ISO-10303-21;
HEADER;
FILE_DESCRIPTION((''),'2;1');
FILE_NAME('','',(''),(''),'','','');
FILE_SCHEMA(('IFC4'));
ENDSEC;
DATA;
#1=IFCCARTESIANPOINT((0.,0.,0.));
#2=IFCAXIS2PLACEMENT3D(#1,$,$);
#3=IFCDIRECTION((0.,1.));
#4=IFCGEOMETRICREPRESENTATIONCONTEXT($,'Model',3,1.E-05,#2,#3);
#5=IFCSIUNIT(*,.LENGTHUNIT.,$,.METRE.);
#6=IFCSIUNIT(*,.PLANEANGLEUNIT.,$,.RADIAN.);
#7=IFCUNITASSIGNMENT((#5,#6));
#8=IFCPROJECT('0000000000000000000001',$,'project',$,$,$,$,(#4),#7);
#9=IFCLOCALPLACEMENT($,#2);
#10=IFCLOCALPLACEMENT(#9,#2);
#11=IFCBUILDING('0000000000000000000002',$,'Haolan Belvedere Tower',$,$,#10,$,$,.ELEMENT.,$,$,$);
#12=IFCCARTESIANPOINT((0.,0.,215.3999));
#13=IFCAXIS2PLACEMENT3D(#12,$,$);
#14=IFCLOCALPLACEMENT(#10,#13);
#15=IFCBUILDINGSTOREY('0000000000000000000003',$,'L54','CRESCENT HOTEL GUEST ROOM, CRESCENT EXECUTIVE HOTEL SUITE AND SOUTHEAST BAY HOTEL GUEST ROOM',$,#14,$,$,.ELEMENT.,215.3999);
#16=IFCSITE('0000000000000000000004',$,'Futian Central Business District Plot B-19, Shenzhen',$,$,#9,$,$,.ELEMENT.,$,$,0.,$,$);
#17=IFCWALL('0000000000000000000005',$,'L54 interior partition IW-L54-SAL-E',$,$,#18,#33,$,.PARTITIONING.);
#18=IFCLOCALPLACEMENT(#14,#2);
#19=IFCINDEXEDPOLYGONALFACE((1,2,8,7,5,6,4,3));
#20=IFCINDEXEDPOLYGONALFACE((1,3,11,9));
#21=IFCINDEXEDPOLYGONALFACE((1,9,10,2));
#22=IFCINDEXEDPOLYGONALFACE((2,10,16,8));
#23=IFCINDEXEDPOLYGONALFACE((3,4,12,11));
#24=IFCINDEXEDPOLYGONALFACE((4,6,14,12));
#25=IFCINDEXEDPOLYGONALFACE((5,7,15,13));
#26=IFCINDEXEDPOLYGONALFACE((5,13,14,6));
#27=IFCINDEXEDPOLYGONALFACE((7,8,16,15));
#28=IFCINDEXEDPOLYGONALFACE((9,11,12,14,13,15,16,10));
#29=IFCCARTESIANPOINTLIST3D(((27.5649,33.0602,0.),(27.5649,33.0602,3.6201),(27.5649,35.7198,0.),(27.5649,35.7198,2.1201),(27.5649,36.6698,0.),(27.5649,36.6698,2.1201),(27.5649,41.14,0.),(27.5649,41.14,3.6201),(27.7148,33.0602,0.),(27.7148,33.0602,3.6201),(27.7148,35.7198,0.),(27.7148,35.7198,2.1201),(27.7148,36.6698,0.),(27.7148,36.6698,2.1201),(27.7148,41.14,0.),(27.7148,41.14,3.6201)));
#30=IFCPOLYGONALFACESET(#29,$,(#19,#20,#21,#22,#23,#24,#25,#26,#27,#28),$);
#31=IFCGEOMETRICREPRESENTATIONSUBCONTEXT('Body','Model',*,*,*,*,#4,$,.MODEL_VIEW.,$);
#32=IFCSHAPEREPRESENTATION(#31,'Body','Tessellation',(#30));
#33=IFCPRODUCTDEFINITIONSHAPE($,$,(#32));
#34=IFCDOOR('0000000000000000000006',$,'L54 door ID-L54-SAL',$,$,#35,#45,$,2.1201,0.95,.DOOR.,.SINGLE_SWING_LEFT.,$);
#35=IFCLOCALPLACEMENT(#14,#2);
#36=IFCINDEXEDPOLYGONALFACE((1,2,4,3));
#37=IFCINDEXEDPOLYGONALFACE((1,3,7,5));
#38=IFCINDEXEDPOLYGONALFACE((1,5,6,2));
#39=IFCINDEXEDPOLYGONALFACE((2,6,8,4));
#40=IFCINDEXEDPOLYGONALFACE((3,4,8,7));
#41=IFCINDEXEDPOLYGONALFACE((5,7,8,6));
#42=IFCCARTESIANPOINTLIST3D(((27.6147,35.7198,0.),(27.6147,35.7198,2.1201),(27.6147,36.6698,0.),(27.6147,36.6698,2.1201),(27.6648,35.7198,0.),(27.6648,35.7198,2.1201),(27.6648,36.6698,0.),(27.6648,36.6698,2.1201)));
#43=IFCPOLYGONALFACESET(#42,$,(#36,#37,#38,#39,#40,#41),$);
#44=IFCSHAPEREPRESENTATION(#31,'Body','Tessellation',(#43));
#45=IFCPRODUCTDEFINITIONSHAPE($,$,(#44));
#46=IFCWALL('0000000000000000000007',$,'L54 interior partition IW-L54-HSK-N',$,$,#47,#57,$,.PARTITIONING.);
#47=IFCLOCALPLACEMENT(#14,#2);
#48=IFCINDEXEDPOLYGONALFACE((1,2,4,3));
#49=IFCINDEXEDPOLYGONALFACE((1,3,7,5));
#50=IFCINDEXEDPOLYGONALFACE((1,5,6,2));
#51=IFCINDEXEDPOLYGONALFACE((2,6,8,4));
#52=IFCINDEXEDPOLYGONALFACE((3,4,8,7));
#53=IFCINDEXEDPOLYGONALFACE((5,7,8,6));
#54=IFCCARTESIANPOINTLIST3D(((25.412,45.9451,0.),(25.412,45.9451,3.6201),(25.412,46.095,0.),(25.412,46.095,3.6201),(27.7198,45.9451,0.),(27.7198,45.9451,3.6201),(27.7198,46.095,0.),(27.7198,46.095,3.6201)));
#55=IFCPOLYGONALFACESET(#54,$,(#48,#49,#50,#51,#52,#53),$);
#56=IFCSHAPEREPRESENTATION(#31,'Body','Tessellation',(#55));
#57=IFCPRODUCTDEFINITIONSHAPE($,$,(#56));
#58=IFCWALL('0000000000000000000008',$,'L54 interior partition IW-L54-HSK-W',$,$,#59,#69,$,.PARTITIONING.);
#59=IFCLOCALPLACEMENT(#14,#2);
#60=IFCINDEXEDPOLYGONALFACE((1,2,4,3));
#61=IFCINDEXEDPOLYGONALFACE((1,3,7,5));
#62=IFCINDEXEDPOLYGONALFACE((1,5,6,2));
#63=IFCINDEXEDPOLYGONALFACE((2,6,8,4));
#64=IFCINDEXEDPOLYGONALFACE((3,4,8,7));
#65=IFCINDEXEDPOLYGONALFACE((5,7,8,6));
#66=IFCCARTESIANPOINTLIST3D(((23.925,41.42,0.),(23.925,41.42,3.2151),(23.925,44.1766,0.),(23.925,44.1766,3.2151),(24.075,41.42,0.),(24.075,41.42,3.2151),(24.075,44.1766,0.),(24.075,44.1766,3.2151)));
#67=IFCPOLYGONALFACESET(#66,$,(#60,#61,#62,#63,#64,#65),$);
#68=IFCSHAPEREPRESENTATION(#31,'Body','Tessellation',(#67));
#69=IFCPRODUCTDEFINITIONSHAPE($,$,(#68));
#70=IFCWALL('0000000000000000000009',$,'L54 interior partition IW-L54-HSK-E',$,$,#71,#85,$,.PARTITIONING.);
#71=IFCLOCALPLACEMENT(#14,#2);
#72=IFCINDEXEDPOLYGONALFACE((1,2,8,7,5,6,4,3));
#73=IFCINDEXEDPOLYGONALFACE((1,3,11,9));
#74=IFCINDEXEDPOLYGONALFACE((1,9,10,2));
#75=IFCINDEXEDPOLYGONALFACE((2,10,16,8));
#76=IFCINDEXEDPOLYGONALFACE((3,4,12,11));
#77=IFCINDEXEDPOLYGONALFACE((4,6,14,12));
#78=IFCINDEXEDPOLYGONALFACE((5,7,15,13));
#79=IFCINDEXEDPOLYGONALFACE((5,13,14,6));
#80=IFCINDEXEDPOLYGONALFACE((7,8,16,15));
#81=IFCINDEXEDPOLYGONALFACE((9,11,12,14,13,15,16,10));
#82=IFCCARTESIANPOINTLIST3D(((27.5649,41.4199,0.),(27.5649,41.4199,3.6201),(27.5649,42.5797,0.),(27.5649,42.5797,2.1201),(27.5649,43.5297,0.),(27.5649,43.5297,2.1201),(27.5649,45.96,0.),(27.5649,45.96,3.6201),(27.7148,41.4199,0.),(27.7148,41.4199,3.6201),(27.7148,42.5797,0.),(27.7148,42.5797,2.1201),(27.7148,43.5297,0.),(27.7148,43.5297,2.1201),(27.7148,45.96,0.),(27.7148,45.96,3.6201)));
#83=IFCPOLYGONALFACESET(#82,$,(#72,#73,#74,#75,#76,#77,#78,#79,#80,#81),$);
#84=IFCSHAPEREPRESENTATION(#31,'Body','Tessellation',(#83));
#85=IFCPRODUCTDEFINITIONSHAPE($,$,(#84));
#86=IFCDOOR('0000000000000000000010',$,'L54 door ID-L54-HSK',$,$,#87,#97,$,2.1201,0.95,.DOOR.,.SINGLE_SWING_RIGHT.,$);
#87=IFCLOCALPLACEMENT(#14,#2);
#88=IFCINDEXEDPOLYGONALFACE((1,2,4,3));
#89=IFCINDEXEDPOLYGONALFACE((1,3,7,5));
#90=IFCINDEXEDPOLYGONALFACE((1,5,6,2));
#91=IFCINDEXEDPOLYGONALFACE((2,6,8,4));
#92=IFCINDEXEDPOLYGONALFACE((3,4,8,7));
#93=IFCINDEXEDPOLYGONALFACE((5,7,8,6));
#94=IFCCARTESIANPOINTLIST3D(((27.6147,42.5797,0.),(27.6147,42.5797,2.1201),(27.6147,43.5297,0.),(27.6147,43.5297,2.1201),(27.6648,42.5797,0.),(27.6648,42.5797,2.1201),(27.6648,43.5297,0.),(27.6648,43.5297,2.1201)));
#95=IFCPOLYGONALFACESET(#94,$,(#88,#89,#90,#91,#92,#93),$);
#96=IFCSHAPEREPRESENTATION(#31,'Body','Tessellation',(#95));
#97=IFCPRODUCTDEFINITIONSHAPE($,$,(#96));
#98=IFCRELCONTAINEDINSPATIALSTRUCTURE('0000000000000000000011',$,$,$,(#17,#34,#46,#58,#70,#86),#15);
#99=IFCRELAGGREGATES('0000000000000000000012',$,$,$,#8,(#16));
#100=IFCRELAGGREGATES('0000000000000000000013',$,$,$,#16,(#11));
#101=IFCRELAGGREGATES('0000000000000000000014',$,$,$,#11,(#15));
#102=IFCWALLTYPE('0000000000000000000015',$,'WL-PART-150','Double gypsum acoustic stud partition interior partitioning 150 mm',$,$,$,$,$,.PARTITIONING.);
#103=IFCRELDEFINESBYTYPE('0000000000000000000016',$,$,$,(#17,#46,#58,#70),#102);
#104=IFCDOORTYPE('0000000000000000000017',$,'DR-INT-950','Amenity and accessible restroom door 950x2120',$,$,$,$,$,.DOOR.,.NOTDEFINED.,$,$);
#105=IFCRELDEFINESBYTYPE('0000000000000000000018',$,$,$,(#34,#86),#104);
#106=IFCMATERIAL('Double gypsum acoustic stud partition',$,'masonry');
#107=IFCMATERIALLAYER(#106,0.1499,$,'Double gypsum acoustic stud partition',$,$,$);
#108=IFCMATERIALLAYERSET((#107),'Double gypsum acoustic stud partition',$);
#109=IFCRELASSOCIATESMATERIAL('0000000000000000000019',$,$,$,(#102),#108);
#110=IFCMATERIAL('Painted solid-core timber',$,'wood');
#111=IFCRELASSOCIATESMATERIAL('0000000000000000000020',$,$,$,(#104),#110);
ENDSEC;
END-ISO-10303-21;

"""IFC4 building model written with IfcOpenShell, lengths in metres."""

from ifc_helpers import new_model, si_unit, direction, frame, frame_2d, origin, place, context, subcontext, project, spatial, rectangle, extrude, material, layer, layer_set, type_object, element, fill, save


model = new_model("IFC4")

# Units and contexts
model_context = context("Model", 3, precision=1e-05, world=origin(), true_north=direction((0.0, 1.0)))
body_context = subcontext(model_context, "Body", "Model", "MODEL_VIEW")
ifc_project = project(units=[si_unit("LENGTHUNIT", "METRE"), si_unit("PLANEANGLEUNIT", "RADIAN")], contexts=[model_context])

# Site, building, storey
site_placement = place(None, origin())
site = spatial("IfcSite", under=ifc_project, at=site_placement, Name="Futian Central Business District Plot B-19, Shenzhen", CompositionType="ELEMENT", RefElevation=0.0)
building_placement = place(site_placement, origin())
building = spatial("IfcBuilding", under=site, at=building_placement, Name="Haolan Belvedere Tower", CompositionType="ELEMENT")
storey_placement = place(building_placement, frame((0.0, 0.0, 215.3999)))
storey = spatial("IfcBuildingStorey", under=building, at=storey_placement, Name="L54", Description="CRESCENT HOTEL GUEST ROOM, CRESCENT EXECUTIVE HOTEL SUITE AND SOUTHEAST BAY HOTEL GUEST ROOM", CompositionType="ELEMENT", Elevation=215.3999)

# Wall, opening, door
ifc_material_1 = material(Name="Double gypsum acoustic stud partition", Category="masonry")
ifc_layer_1 = layer(ifc_material_1, 0.1499, Name="Double gypsum acoustic stud partition")
ifc_layer_set_1 = layer_set([ifc_layer_1], Name="Double gypsum acoustic stud partition")
wall_type_1 = type_object("IfcWallType", Name="WL-PART-150", Description="Double gypsum acoustic stud partition interior partitioning 150 mm", PredefinedType="PARTITIONING", material=ifc_layer_set_1)
wall_1_placement = place(storey_placement, frame((27.6399, 33.0601, 0.0), z_axis=(0.0, 0.0, 1.0), x_axis=(0.0, 1.0, 0.0)))
wall_1 = element("IfcWall", 1, at=wall_1_placement, inside=storey, type_object=wall_type_1, Name="L54 interior partition IW-L54-SAL-E", PredefinedType="PARTITIONING", context=body_context, shape_type="SweptSolid", body=[
    extrude(rectangle(XDim=8.0798, YDim=0.1499, at=frame_2d((4.04, 0.0))), origin(), (0.0, 0.0, 1.0), 3.6201),
])
opening_1_placement = place(wall_1_placement, frame((3.6099, 0.0, 0.0), z_axis=(0.0, 0.0, 1.0), x_axis=(-1.0, 0.0, 0.0)))
opening_1 = element("IfcOpeningElement", 2, at=opening_1_placement, cuts=wall_1, PredefinedType="OPENING", context=body_context, shape_type="SweptSolid", body=[
    extrude(rectangle(XDim=0.95, YDim=2.1201, at=frame_2d((0.4751, 1.0601))), frame((0.0, 0.085, 0.0), z_axis=(0.0, -1.0, 0.0), x_axis=(1.0, 0.0, 0.0)), (0.0, 0.0, 1.0), 0.1699),
])
ifc_material_2 = material(Name="Painted solid-core timber", Category="wood")
door_type_1 = type_object("IfcDoorType", Name="DR-INT-950", Description="Amenity and accessible restroom door 950x2120", OperationType="NOTDEFINED", PredefinedType="DOOR", material=ifc_material_2)
door_1_placement = place(opening_1_placement, origin())
door_1 = element("IfcDoor", 3, at=door_1_placement, inside=storey, type_object=door_type_1, Name="L54 door ID-L54-SAL", OperationType="SINGLE_SWING_LEFT", OverallHeight=2.1201, OverallWidth=0.95, PredefinedType="DOOR", context=body_context, shape_type="SweptSolid", body=[
    extrude(rectangle(XDim=0.95, YDim=2.1201, at=frame_2d((0.4751, 1.0601))), frame((0.0, 0.0249, 0.0), z_axis=(0.0, -1.0, 0.0), x_axis=(1.0, 0.0, 0.0)), (0.0, 0.0, 1.0), 0.05),
])
fill(opening_1, door_1)

# Walls
wall_2_placement = place(storey_placement, frame((25.4121, 46.02, 0.0), z_axis=(0.0, 0.0, 1.0), x_axis=(1.0, 0.0, 0.0)))
element("IfcWall", 4, at=wall_2_placement, inside=storey, type_object=wall_type_1, Name="L54 interior partition IW-L54-HSK-N", PredefinedType="PARTITIONING", context=body_context, shape_type="SweptSolid", body=[
    extrude(rectangle(XDim=2.3079, YDim=0.1499, at=frame_2d((1.1538, 0.0))), origin(), (0.0, 0.0, 1.0), 3.6201),
])
wall_3_placement = place(storey_placement, frame((24.0, 41.4199, 0.0), z_axis=(0.0, 0.0, 1.0), x_axis=(0.0, 1.0, 0.0)))
element("IfcWall", 5, at=wall_3_placement, inside=storey, type_object=wall_type_1, Name="L54 interior partition IW-L54-HSK-W", PredefinedType="PARTITIONING", context=body_context, shape_type="SweptSolid", body=[
    extrude(rectangle(XDim=2.7566, YDim=0.1499, at=frame_2d((1.3784, 0.0))), origin(), (0.0, 0.0, 1.0), 3.2151),
])

# Wall, opening, door
wall_4_placement = place(storey_placement, frame((27.6399, 41.4199, 0.0), z_axis=(0.0, 0.0, 1.0), x_axis=(0.0, 1.0, 0.0)))
wall_4 = element("IfcWall", 6, at=wall_4_placement, inside=storey, type_object=wall_type_1, Name="L54 interior partition IW-L54-HSK-E", PredefinedType="PARTITIONING", context=body_context, shape_type="SweptSolid", body=[
    extrude(rectangle(XDim=4.54, YDim=0.1499, at=frame_2d((2.27, 0.0))), origin(), (0.0, 0.0, 1.0), 3.6201),
])
opening_2_placement = place(wall_4_placement, frame((2.1099, 0.0, 0.0), z_axis=(0.0, 0.0, 1.0), x_axis=(-1.0, 0.0, 0.0)))
opening_2 = element("IfcOpeningElement", 7, at=opening_2_placement, cuts=wall_4, PredefinedType="OPENING", context=body_context, shape_type="SweptSolid", body=[
    extrude(rectangle(XDim=0.95, YDim=2.1201, at=frame_2d((0.4751, 1.0601))), frame((0.0, 0.085, 0.0), z_axis=(0.0, -1.0, 0.0), x_axis=(1.0, 0.0, 0.0)), (0.0, 0.0, 1.0), 0.1699),
])
door_2_placement = place(opening_2_placement, origin())
door_2 = element("IfcDoor", 8, at=door_2_placement, inside=storey, type_object=door_type_1, Name="L54 door ID-L54-HSK", OperationType="SINGLE_SWING_RIGHT", OverallHeight=2.1201, OverallWidth=0.95, PredefinedType="DOOR", context=body_context, shape_type="SweptSolid", body=[
    extrude(rectangle(XDim=0.95, YDim=2.1201, at=frame_2d((0.4751, 1.0601))), frame((0.0, 0.0249, 0.0), z_axis=(0.0, -1.0, 0.0), x_axis=(1.0, 0.0, 0.0)), (0.0, 0.0, 1.0), 0.05),
])
fill(opening_2, door_2)

save(model, "model.ifc")
